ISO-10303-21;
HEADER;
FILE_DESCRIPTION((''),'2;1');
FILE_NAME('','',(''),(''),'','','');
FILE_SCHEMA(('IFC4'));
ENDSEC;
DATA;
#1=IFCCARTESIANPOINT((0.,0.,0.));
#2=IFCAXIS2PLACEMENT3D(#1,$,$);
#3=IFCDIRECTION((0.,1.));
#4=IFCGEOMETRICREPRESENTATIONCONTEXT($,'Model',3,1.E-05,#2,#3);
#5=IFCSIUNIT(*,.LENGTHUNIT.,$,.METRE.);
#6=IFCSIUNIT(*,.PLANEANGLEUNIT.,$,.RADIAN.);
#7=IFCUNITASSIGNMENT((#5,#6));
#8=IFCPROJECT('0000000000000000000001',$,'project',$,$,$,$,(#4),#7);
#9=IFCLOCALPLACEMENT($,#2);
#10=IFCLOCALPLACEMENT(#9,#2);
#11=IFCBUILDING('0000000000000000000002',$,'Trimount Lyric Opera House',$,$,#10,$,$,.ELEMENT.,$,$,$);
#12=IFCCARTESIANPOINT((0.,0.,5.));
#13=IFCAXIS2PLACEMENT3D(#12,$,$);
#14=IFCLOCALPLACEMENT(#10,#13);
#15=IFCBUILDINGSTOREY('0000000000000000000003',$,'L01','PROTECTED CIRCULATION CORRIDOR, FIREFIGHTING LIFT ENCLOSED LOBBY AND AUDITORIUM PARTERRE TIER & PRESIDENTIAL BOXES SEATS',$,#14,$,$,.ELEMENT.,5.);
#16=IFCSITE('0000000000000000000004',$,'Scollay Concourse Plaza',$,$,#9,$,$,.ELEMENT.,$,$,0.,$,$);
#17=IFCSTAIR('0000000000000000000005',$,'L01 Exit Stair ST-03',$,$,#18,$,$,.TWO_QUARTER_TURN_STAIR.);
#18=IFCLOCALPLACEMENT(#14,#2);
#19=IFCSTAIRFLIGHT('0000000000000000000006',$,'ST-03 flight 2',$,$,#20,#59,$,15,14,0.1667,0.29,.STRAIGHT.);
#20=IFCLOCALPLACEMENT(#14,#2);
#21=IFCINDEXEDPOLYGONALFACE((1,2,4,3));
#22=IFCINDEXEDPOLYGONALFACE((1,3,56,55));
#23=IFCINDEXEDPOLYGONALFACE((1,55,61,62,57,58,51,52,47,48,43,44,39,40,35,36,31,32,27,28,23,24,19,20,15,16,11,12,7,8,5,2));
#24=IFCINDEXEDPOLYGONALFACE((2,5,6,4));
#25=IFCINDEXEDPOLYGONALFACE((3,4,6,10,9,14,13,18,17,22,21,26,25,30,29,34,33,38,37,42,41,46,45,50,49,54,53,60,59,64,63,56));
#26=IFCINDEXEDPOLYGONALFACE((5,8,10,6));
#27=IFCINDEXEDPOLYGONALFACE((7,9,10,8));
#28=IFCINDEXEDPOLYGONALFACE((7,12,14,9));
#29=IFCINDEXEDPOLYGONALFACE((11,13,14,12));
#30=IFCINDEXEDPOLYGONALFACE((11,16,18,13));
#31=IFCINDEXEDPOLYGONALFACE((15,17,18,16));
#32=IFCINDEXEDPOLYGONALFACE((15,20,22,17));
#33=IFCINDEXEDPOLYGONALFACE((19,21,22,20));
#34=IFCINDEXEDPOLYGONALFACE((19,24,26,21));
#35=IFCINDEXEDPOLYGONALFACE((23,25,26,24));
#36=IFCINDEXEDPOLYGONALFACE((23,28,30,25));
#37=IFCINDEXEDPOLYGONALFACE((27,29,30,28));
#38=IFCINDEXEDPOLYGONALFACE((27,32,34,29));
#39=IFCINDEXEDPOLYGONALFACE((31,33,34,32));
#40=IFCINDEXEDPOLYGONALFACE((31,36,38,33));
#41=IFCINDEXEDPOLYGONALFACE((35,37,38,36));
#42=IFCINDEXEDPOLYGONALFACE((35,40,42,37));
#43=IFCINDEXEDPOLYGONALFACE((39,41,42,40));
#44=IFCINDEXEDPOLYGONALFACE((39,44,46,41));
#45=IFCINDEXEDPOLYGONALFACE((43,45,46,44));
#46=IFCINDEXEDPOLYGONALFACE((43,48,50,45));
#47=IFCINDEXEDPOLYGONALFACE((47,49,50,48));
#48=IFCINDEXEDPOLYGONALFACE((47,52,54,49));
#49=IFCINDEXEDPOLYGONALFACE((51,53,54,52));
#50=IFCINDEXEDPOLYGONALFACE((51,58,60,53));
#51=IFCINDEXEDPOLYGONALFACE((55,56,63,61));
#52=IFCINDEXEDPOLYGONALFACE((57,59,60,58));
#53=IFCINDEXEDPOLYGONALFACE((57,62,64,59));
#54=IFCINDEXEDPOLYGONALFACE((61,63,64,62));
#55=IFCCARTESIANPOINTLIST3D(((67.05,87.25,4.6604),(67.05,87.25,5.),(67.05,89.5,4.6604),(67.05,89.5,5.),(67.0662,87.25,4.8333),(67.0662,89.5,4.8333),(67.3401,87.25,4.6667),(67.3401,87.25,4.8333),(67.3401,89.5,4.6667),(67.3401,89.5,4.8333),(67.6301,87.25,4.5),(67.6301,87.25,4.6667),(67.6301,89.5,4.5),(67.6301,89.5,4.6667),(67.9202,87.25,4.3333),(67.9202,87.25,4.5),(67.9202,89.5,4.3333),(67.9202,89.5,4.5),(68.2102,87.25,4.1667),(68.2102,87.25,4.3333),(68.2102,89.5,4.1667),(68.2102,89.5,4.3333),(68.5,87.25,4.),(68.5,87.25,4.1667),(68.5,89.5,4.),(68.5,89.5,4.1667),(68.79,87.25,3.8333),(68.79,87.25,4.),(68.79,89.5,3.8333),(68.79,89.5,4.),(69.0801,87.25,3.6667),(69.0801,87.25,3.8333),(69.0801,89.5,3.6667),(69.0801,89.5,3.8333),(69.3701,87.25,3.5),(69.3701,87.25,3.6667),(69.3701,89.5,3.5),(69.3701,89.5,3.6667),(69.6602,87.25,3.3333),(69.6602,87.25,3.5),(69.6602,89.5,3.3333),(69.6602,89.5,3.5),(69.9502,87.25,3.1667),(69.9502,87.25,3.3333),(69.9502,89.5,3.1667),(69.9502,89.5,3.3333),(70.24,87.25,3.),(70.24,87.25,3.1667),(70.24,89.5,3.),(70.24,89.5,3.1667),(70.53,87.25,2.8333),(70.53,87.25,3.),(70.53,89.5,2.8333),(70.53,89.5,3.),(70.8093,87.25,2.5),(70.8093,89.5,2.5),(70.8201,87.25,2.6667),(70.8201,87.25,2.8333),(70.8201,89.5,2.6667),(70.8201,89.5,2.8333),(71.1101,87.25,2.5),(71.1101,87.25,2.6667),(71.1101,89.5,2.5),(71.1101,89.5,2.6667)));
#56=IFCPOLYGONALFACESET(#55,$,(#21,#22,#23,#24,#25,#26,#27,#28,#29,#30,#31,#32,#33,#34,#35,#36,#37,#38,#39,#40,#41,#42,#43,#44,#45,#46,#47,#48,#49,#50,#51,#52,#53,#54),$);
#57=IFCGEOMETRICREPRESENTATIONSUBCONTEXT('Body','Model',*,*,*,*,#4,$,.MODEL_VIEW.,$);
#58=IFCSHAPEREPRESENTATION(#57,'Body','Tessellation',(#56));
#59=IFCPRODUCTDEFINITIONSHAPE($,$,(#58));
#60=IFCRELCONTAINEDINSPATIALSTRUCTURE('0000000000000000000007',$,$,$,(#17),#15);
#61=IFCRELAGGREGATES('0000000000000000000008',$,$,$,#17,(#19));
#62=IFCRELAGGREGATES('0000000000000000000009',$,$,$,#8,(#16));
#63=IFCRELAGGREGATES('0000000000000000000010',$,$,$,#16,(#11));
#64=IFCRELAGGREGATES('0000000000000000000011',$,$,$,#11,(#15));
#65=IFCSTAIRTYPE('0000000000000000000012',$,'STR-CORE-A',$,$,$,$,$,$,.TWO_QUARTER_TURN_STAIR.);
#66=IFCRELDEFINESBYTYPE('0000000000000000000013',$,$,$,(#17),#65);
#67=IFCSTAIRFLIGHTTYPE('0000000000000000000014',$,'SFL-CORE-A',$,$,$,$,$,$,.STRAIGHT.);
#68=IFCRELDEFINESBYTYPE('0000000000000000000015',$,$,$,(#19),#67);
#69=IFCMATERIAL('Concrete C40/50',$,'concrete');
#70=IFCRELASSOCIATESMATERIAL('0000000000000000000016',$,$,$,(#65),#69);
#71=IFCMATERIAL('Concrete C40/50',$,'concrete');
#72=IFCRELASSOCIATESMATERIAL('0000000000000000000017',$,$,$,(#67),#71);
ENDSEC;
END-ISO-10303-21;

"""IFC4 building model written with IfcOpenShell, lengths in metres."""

from ifc_helpers import new_model, si_unit, direction, frame, origin, place, context, subcontext, project, spatial, polyline, outline, extrude, material, type_object, element, aggregate, save


model = new_model("IFC4")

# Units and contexts
model_context = context("Model", 3, precision=1e-05, world=origin(), true_north=direction((0.0, 1.0)))
body_context = subcontext(model_context, "Body", "Model", "MODEL_VIEW")
ifc_project = project(units=[si_unit("LENGTHUNIT", "METRE"), si_unit("PLANEANGLEUNIT", "RADIAN")], contexts=[model_context])

# Site, building, storey
site_placement = place(None, origin())
site = spatial("IfcSite", under=ifc_project, at=site_placement, Name="Scollay Concourse Plaza", CompositionType="ELEMENT", RefElevation=0.0)
building_placement = place(site_placement, origin())
building = spatial("IfcBuilding", under=site, at=building_placement, Name="Trimount Lyric Opera House", CompositionType="ELEMENT")
storey_placement = place(building_placement, frame((0.0, 0.0, 5.0)))
storey = spatial("IfcBuildingStorey", under=building, at=storey_placement, Name="L01", Description="PROTECTED CIRCULATION CORRIDOR, FIREFIGHTING LIFT ENCLOSED LOBBY AND AUDITORIUM PARTERRE TIER & PRESIDENTIAL BOXES SEATS", CompositionType="ELEMENT", Elevation=5.0)

# Stair, stair flight
ifc_material_1 = material(Name="Concrete C40/50", Category="concrete")
stair_type = type_object("IfcStairType", Name="STR-CORE-A", PredefinedType="TWO_QUARTER_TURN_STAIR", material=ifc_material_1)
stair_placement = place(storey_placement, origin())
stair = element("IfcStair", 1, at=stair_placement, inside=storey, type_object=stair_type, Name="L01 Exit Stair ST-03", PredefinedType="TWO_QUARTER_TURN_STAIR")
ifc_material_2 = material(Name="Concrete C40/50", Category="concrete")
stair_flight_type = type_object("IfcStairFlightType", Name="SFL-CORE-A", PredefinedType="STRAIGHT", material=ifc_material_2)
stair_flight_1_placement = place(storey_placement, frame((71.1101, 88.375, 2.5), z_axis=(0.0, 0.0, 1.0), x_axis=(-1.0, 0.0, 0.0)))
stair_flight_1 = element("IfcStairFlight", 2, at=stair_flight_1_placement, type_object=stair_flight_type, Name="ST-03 flight 2", NumberOfRisers=15, NumberOfTreads=14, PredefinedType="STRAIGHT", RiserHeight=0.1667, TreadLength=0.29, context=body_context, shape_type="SweptSolid", body=[
    extrude(outline(polyline([(0.0, 0.0), (0.0, 0.1667), (0.29, 0.1667), (0.29, 0.3333), (0.5801, 0.3333), (0.5801, 0.5), (0.8701, 0.5), (0.8701, 0.6667), (1.1599, 0.6667), (1.1599, 0.8333), (1.45, 0.8333), (1.45, 1.0), (1.74, 1.0), (1.74, 1.1667), (2.03, 1.1667), (2.03, 1.3333), (2.3201, 1.3333), (2.3201, 1.5), (2.6101, 1.5), (2.6101, 1.6667), (2.8999, 1.6667), (2.8999, 1.8333), (3.1899, 1.8333), (3.1899, 2.0), (3.48, 2.0), (3.48, 2.1667), (3.77, 2.1667), (3.77, 2.3333), (4.0439, 2.3333), (4.0601, 2.5), (4.0601, 2.1604), (0.3008, 0.0), (0.0, 0.0)])), frame((0.0, 1.125, 0.0), z_axis=(0.0, -1.0, 0.0), x_axis=(1.0, 0.0, 0.0)), (0.0, 0.0, 1.0), 2.25),
])
aggregate(stair, [stair_flight_1])

save(model, "model.ifc")
